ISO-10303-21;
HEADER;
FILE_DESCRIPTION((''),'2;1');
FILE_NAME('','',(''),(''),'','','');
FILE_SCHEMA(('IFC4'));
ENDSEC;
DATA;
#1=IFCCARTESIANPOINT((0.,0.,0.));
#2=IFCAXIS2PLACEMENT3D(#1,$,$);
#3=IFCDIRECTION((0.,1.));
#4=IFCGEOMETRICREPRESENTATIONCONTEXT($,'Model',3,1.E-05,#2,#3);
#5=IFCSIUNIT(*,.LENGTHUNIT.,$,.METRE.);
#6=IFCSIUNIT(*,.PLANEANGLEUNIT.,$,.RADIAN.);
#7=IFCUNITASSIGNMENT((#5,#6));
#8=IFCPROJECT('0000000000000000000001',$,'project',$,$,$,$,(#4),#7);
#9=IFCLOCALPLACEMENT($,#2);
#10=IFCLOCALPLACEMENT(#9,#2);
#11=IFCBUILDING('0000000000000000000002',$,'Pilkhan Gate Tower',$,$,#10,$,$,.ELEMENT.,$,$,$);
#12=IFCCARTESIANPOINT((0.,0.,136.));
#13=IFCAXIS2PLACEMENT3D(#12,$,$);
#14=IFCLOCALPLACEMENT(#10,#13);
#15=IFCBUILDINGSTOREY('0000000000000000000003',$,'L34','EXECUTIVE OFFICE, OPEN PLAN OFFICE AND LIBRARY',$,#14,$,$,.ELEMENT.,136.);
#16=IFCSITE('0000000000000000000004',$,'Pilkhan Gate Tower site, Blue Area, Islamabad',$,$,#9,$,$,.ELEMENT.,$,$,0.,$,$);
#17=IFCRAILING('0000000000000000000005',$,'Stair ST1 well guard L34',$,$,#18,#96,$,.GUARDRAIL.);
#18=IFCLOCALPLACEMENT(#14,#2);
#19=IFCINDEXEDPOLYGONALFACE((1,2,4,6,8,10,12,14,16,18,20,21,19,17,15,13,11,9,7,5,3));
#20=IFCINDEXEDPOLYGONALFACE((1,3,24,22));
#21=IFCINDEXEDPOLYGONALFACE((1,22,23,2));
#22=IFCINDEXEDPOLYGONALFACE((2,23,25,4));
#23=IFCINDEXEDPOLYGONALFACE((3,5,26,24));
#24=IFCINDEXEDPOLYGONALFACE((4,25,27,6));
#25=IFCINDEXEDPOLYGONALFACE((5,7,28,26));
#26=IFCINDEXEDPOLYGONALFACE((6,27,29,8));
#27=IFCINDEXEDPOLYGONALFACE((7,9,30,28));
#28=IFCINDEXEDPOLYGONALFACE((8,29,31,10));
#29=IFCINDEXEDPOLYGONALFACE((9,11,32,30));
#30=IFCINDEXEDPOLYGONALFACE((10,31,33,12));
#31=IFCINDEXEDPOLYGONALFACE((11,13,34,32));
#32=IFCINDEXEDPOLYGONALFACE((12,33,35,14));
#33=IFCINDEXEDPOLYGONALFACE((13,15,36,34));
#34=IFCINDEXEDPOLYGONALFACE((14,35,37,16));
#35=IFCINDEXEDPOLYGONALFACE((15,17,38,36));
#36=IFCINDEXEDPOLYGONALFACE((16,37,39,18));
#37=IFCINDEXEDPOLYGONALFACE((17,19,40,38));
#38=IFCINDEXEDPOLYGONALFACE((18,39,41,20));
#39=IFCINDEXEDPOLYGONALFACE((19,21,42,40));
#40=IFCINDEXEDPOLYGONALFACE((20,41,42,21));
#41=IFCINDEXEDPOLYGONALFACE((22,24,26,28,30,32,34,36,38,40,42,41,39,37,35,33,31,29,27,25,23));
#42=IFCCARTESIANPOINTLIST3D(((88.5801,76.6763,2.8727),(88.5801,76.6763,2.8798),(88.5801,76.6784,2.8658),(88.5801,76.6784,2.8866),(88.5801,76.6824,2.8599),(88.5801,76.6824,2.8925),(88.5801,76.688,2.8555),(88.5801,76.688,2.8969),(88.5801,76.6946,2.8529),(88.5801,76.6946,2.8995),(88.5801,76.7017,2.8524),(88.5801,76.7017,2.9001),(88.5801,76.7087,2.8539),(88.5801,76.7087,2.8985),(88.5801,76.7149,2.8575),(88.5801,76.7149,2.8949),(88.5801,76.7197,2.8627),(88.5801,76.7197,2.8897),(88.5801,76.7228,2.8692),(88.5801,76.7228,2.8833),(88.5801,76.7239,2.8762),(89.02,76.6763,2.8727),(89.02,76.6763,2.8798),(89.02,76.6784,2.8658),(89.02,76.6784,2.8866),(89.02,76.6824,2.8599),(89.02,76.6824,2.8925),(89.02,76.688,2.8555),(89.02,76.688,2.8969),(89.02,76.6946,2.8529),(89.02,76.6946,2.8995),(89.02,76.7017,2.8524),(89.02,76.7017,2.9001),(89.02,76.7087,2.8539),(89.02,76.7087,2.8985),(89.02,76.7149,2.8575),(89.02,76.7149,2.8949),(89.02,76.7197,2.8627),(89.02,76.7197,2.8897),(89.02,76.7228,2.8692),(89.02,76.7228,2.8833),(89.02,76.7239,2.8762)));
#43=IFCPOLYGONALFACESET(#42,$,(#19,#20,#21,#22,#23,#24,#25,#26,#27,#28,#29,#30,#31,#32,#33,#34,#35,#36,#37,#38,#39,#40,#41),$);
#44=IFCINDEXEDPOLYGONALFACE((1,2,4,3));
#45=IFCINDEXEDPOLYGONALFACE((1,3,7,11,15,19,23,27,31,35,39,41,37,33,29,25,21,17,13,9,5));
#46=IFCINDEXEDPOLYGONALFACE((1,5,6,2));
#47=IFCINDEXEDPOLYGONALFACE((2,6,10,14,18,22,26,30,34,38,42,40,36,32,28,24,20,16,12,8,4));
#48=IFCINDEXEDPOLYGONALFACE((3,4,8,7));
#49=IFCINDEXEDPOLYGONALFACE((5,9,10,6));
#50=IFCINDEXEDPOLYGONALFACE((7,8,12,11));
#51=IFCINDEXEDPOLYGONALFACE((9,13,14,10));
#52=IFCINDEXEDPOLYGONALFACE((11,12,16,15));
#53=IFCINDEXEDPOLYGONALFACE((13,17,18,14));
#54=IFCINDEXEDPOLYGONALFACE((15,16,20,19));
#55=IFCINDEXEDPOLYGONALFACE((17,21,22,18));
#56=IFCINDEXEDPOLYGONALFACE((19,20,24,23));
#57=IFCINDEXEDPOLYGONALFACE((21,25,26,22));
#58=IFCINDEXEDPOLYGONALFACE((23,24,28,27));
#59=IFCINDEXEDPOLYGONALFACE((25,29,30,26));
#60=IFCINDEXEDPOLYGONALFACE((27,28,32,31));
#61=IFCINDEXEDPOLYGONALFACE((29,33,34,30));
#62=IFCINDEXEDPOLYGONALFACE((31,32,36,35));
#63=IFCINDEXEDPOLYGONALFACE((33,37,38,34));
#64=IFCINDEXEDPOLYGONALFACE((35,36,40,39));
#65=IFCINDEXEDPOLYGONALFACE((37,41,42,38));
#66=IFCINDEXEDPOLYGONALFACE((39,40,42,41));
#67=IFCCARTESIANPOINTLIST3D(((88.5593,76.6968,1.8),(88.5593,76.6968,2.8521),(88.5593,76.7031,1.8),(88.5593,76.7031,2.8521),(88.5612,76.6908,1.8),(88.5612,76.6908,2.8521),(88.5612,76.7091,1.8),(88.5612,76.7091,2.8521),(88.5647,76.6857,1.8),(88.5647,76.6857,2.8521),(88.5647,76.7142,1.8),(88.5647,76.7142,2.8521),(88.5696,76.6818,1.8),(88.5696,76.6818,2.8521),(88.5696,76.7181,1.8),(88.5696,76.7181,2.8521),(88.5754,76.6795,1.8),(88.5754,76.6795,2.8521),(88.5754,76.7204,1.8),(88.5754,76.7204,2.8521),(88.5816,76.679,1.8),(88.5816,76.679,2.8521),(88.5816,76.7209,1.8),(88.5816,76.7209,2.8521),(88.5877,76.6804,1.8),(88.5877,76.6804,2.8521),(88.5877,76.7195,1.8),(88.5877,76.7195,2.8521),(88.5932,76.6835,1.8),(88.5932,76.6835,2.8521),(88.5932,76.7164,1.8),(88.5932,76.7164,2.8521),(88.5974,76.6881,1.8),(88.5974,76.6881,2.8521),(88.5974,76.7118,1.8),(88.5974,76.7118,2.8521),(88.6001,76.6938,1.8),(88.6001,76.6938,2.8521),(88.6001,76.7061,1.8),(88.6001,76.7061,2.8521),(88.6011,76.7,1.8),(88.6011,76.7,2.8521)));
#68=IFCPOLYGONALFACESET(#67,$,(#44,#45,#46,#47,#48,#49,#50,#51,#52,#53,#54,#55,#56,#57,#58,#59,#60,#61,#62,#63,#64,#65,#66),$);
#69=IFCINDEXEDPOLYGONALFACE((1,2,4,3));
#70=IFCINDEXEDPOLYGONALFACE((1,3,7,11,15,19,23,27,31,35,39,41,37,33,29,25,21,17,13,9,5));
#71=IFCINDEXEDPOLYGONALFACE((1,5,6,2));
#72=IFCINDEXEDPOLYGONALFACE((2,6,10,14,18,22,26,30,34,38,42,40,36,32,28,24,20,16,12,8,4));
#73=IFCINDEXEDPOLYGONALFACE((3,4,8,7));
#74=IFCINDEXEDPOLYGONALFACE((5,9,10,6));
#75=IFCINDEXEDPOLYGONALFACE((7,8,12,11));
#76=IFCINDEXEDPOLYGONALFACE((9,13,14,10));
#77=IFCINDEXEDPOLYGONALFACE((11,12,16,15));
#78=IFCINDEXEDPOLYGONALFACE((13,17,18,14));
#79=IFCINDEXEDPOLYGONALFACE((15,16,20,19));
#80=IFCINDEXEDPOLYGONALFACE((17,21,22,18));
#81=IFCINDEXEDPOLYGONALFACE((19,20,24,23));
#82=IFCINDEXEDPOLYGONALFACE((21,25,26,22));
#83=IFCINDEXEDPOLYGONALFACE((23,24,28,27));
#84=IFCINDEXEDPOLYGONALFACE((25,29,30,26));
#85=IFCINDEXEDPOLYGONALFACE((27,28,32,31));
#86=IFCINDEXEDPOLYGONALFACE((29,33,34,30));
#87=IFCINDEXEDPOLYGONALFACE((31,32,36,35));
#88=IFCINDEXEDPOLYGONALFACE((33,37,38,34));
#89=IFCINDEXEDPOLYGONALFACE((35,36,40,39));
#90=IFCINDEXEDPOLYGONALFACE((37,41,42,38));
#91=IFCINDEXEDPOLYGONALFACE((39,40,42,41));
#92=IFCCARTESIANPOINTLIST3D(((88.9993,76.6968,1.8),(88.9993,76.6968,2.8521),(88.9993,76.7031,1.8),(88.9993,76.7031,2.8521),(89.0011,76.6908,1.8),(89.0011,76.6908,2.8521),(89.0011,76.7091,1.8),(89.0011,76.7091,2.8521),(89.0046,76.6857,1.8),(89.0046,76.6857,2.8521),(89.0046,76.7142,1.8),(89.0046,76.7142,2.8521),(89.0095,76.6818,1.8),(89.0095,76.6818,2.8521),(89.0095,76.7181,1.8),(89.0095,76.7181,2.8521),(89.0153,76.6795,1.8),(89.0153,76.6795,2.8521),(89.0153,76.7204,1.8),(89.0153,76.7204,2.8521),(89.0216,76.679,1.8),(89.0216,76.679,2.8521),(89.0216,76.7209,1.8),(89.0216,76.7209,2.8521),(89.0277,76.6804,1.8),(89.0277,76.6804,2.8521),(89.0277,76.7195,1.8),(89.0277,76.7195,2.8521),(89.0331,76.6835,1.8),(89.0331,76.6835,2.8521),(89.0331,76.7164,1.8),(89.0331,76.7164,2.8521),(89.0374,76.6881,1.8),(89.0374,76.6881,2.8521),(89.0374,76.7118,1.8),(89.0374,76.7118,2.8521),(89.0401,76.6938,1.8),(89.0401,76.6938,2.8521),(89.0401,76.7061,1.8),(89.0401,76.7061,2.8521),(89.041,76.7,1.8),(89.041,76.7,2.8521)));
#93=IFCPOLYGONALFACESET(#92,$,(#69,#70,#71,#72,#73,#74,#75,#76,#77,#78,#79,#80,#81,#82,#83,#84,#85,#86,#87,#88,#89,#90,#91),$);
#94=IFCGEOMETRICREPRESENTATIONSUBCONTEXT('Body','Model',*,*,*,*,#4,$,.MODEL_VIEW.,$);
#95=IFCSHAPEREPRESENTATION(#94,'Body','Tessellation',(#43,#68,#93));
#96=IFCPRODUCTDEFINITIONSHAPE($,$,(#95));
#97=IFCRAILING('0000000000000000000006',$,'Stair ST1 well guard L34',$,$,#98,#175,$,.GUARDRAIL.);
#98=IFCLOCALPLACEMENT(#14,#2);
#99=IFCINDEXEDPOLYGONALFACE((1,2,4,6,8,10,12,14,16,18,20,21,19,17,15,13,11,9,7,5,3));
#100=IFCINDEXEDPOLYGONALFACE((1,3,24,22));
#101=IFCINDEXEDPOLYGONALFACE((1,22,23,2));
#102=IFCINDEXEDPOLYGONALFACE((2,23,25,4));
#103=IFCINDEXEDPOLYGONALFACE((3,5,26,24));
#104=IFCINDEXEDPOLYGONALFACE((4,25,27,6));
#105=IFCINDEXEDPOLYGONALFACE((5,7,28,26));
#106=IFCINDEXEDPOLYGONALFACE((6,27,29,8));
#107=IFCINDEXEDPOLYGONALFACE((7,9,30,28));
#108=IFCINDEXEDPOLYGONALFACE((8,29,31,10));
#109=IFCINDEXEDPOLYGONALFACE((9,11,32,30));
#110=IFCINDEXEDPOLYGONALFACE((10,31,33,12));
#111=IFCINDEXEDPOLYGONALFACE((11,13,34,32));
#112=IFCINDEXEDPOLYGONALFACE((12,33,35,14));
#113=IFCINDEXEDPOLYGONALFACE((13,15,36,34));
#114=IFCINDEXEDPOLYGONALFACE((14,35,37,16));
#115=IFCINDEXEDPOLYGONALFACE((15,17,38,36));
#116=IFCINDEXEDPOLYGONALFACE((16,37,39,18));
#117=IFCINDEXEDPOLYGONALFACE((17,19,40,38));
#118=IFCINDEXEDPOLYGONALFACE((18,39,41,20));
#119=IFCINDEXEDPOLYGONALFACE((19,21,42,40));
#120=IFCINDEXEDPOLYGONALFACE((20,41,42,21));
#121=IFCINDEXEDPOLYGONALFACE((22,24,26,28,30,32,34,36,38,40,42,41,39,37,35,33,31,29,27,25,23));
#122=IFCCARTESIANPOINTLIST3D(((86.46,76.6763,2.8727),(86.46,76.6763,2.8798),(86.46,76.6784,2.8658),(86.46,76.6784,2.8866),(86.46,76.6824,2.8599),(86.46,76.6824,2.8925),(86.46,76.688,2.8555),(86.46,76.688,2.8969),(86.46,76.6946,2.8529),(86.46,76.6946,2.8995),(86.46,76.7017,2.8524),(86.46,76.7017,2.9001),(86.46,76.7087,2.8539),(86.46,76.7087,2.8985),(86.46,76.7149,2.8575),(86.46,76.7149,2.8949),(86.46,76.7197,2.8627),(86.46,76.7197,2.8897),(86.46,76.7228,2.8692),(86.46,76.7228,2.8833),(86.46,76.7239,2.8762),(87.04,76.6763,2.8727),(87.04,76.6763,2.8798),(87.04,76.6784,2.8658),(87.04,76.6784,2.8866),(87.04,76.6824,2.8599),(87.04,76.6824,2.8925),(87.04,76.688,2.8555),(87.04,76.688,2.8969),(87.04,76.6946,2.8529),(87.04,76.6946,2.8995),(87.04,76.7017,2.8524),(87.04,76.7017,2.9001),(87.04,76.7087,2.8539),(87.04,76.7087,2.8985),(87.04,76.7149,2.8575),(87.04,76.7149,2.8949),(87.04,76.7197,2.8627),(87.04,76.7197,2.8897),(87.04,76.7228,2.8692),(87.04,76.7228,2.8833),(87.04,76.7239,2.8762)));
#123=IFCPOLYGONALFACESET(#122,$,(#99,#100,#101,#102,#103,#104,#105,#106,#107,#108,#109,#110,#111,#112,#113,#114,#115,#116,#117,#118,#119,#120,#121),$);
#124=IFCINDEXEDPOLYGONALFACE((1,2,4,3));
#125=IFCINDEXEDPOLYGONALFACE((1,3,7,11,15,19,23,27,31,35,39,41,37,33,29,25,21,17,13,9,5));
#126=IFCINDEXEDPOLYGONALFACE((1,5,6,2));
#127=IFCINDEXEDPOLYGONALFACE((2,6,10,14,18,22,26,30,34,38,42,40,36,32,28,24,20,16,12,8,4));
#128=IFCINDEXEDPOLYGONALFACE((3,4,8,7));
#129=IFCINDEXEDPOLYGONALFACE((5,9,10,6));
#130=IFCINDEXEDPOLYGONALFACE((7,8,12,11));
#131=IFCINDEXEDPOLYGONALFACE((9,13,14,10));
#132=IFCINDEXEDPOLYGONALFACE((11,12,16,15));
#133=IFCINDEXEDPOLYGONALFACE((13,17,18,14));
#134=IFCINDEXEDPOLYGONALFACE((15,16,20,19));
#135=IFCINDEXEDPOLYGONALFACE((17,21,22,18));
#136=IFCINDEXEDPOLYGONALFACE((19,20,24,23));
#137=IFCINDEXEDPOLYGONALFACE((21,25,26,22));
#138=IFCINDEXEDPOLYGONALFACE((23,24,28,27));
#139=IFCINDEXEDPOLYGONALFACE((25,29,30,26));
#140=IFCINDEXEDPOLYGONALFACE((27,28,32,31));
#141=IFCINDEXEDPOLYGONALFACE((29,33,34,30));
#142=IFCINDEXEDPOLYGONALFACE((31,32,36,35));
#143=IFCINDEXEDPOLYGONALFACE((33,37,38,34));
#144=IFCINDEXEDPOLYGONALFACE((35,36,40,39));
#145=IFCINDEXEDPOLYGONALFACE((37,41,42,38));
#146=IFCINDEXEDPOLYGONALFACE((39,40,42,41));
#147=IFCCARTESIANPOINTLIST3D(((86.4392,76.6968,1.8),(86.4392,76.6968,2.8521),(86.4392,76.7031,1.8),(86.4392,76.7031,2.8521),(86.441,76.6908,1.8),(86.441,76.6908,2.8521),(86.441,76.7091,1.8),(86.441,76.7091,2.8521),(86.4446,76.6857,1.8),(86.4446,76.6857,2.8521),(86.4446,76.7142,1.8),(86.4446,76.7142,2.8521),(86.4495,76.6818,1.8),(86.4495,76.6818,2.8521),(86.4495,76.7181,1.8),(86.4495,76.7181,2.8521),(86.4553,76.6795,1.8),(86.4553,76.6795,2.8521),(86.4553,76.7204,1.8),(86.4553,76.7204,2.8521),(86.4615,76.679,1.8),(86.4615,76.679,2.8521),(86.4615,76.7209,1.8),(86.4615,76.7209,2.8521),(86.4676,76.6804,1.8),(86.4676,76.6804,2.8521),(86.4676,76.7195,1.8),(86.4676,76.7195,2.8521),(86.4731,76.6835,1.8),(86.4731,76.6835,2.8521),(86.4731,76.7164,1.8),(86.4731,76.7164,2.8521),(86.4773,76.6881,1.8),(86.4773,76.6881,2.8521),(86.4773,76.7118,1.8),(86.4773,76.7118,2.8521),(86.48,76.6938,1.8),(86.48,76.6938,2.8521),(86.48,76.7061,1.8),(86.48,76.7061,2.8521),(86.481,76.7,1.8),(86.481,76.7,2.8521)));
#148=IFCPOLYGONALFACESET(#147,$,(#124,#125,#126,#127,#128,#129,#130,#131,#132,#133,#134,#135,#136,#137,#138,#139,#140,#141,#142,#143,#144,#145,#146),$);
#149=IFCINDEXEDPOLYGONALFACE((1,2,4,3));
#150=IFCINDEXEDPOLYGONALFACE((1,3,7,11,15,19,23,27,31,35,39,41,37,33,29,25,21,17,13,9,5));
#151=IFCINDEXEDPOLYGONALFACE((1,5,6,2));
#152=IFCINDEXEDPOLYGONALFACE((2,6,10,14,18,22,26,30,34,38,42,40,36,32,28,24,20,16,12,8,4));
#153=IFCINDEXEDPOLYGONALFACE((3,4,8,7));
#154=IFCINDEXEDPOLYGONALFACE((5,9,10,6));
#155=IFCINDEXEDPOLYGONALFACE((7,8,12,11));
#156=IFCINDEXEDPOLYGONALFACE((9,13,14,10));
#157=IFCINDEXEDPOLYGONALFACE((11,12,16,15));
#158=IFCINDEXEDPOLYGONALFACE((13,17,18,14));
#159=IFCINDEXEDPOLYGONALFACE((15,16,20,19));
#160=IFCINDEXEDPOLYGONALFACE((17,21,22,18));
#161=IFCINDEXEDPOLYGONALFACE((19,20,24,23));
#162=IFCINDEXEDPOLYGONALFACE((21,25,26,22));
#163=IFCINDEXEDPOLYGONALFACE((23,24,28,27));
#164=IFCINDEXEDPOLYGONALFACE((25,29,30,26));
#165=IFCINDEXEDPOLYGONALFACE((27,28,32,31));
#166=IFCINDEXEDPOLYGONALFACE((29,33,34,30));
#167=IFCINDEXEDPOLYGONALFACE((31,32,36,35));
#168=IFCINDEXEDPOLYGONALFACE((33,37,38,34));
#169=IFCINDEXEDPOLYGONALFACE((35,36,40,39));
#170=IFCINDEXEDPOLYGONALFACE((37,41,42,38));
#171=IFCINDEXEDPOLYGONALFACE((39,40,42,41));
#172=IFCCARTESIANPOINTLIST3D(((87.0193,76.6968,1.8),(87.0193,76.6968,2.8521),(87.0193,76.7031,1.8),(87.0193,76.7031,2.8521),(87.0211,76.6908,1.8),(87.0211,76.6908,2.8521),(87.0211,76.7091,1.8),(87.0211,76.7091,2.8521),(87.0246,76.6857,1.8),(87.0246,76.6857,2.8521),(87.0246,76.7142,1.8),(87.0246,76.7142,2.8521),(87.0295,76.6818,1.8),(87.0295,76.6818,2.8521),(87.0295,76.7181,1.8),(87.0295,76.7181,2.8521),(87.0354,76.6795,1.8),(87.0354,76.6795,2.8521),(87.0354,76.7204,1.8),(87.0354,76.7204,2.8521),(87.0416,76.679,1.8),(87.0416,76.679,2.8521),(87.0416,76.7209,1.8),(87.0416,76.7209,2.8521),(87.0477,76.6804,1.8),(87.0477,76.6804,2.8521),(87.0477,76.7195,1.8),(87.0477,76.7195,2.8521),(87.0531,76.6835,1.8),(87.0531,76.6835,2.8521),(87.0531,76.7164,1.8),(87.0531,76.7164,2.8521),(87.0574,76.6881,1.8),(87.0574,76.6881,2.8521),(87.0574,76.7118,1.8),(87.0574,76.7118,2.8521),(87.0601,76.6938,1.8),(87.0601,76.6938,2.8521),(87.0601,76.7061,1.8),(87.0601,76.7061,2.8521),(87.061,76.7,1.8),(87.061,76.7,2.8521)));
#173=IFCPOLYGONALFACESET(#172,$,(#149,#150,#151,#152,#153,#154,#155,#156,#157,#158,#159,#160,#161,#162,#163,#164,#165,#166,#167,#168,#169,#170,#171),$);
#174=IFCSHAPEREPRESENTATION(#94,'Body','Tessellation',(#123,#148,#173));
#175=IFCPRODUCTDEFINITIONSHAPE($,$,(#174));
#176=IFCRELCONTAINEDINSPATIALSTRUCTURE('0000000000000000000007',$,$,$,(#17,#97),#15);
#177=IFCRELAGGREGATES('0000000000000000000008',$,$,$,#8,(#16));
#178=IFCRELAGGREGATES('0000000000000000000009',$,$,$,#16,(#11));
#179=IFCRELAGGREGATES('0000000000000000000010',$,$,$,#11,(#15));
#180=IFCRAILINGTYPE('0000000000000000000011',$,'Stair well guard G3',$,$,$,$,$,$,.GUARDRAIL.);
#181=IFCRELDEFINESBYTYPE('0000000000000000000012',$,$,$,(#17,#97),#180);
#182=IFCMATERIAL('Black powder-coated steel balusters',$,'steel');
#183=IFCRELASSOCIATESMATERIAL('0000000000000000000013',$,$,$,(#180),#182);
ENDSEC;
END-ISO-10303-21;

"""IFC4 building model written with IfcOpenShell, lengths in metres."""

from ifc_helpers import new_model, si_unit, direction, frame, origin, origin_2d, place, context, subcontext, project, spatial, circle, extrude, material, type_object, element, save


model = new_model("IFC4")

# Units and contexts
model_context = context("Model", 3, precision=1e-05, world=origin(), true_north=direction((0.0, 1.0)))
body_context = subcontext(model_context, "Body", "Model", "MODEL_VIEW")
ifc_project = project(units=[si_unit("LENGTHUNIT", "METRE"), si_unit("PLANEANGLEUNIT", "RADIAN")], contexts=[model_context])

# Site, building, storey
site_placement = place(None, origin())
site = spatial("IfcSite", under=ifc_project, at=site_placement, Name="Pilkhan Gate Tower site, Blue Area, Islamabad", CompositionType="ELEMENT", RefElevation=0.0)
building_placement = place(site_placement, origin())
building = spatial("IfcBuilding", under=site, at=building_placement, Name="Pilkhan Gate Tower", CompositionType="ELEMENT")
storey_placement = place(building_placement, frame((0.0, 0.0, 136.0)))
storey = spatial("IfcBuildingStorey", under=building, at=storey_placement, Name="L34", Description="EXECUTIVE OFFICE, OPEN PLAN OFFICE AND LIBRARY", CompositionType="ELEMENT", Elevation=136.0)

# Railings
ifc_material_1 = material(Name="Black powder-coated steel balusters", Category="steel")
railing_type_1 = type_object("IfcRailingType", Name="Stair well guard G3", PredefinedType="GUARDRAIL", material=ifc_material_1)
railing_1_placement = place(storey_placement, frame((88.5801, 76.7, 1.8)))
element("IfcRailing", 1, at=railing_1_placement, inside=storey, type_object=railing_type_1, Name="Stair ST1 well guard L34", PredefinedType="GUARDRAIL", context=body_context, shape_type="SweptSolid", body=[
    extrude(circle(Radius=0.0239, at=origin_2d()), frame((0.0, 0.0, 1.0762), z_axis=(1.0, 0.0, 0.0), x_axis=(0.0, 1.0, 0.0)), (0.0, 0.0, 1.0), 0.4399),
    extrude(circle(Radius=0.021, at=origin_2d()), origin(), (0.0, 0.0, 1.0), 1.052),
    extrude(circle(Radius=0.021, at=origin_2d()), frame((0.4399, 0.0, 0.0)), (0.0, 0.0, 1.0), 1.052),
])
railing_2_placement = place(storey_placement, frame((86.46, 76.7, 1.8)))
element("IfcRailing", 2, at=railing_2_placement, inside=storey, type_object=railing_type_1, Name="Stair ST1 well guard L34", PredefinedType="GUARDRAIL", context=body_context, shape_type="SweptSolid", body=[
    extrude(circle(Radius=0.0239, at=origin_2d()), frame((0.0, 0.0, 1.0762), z_axis=(1.0, 0.0, 0.0), x_axis=(0.0, 1.0, 0.0)), (0.0, 0.0, 1.0), 0.5801),
    extrude(circle(Radius=0.021, at=origin_2d()), origin(), (0.0, 0.0, 1.0), 1.052),
    extrude(circle(Radius=0.021, at=origin_2d()), frame((0.5801, 0.0, 0.0)), (0.0, 0.0, 1.0), 1.052),
])

save(model, "model.ifc")
